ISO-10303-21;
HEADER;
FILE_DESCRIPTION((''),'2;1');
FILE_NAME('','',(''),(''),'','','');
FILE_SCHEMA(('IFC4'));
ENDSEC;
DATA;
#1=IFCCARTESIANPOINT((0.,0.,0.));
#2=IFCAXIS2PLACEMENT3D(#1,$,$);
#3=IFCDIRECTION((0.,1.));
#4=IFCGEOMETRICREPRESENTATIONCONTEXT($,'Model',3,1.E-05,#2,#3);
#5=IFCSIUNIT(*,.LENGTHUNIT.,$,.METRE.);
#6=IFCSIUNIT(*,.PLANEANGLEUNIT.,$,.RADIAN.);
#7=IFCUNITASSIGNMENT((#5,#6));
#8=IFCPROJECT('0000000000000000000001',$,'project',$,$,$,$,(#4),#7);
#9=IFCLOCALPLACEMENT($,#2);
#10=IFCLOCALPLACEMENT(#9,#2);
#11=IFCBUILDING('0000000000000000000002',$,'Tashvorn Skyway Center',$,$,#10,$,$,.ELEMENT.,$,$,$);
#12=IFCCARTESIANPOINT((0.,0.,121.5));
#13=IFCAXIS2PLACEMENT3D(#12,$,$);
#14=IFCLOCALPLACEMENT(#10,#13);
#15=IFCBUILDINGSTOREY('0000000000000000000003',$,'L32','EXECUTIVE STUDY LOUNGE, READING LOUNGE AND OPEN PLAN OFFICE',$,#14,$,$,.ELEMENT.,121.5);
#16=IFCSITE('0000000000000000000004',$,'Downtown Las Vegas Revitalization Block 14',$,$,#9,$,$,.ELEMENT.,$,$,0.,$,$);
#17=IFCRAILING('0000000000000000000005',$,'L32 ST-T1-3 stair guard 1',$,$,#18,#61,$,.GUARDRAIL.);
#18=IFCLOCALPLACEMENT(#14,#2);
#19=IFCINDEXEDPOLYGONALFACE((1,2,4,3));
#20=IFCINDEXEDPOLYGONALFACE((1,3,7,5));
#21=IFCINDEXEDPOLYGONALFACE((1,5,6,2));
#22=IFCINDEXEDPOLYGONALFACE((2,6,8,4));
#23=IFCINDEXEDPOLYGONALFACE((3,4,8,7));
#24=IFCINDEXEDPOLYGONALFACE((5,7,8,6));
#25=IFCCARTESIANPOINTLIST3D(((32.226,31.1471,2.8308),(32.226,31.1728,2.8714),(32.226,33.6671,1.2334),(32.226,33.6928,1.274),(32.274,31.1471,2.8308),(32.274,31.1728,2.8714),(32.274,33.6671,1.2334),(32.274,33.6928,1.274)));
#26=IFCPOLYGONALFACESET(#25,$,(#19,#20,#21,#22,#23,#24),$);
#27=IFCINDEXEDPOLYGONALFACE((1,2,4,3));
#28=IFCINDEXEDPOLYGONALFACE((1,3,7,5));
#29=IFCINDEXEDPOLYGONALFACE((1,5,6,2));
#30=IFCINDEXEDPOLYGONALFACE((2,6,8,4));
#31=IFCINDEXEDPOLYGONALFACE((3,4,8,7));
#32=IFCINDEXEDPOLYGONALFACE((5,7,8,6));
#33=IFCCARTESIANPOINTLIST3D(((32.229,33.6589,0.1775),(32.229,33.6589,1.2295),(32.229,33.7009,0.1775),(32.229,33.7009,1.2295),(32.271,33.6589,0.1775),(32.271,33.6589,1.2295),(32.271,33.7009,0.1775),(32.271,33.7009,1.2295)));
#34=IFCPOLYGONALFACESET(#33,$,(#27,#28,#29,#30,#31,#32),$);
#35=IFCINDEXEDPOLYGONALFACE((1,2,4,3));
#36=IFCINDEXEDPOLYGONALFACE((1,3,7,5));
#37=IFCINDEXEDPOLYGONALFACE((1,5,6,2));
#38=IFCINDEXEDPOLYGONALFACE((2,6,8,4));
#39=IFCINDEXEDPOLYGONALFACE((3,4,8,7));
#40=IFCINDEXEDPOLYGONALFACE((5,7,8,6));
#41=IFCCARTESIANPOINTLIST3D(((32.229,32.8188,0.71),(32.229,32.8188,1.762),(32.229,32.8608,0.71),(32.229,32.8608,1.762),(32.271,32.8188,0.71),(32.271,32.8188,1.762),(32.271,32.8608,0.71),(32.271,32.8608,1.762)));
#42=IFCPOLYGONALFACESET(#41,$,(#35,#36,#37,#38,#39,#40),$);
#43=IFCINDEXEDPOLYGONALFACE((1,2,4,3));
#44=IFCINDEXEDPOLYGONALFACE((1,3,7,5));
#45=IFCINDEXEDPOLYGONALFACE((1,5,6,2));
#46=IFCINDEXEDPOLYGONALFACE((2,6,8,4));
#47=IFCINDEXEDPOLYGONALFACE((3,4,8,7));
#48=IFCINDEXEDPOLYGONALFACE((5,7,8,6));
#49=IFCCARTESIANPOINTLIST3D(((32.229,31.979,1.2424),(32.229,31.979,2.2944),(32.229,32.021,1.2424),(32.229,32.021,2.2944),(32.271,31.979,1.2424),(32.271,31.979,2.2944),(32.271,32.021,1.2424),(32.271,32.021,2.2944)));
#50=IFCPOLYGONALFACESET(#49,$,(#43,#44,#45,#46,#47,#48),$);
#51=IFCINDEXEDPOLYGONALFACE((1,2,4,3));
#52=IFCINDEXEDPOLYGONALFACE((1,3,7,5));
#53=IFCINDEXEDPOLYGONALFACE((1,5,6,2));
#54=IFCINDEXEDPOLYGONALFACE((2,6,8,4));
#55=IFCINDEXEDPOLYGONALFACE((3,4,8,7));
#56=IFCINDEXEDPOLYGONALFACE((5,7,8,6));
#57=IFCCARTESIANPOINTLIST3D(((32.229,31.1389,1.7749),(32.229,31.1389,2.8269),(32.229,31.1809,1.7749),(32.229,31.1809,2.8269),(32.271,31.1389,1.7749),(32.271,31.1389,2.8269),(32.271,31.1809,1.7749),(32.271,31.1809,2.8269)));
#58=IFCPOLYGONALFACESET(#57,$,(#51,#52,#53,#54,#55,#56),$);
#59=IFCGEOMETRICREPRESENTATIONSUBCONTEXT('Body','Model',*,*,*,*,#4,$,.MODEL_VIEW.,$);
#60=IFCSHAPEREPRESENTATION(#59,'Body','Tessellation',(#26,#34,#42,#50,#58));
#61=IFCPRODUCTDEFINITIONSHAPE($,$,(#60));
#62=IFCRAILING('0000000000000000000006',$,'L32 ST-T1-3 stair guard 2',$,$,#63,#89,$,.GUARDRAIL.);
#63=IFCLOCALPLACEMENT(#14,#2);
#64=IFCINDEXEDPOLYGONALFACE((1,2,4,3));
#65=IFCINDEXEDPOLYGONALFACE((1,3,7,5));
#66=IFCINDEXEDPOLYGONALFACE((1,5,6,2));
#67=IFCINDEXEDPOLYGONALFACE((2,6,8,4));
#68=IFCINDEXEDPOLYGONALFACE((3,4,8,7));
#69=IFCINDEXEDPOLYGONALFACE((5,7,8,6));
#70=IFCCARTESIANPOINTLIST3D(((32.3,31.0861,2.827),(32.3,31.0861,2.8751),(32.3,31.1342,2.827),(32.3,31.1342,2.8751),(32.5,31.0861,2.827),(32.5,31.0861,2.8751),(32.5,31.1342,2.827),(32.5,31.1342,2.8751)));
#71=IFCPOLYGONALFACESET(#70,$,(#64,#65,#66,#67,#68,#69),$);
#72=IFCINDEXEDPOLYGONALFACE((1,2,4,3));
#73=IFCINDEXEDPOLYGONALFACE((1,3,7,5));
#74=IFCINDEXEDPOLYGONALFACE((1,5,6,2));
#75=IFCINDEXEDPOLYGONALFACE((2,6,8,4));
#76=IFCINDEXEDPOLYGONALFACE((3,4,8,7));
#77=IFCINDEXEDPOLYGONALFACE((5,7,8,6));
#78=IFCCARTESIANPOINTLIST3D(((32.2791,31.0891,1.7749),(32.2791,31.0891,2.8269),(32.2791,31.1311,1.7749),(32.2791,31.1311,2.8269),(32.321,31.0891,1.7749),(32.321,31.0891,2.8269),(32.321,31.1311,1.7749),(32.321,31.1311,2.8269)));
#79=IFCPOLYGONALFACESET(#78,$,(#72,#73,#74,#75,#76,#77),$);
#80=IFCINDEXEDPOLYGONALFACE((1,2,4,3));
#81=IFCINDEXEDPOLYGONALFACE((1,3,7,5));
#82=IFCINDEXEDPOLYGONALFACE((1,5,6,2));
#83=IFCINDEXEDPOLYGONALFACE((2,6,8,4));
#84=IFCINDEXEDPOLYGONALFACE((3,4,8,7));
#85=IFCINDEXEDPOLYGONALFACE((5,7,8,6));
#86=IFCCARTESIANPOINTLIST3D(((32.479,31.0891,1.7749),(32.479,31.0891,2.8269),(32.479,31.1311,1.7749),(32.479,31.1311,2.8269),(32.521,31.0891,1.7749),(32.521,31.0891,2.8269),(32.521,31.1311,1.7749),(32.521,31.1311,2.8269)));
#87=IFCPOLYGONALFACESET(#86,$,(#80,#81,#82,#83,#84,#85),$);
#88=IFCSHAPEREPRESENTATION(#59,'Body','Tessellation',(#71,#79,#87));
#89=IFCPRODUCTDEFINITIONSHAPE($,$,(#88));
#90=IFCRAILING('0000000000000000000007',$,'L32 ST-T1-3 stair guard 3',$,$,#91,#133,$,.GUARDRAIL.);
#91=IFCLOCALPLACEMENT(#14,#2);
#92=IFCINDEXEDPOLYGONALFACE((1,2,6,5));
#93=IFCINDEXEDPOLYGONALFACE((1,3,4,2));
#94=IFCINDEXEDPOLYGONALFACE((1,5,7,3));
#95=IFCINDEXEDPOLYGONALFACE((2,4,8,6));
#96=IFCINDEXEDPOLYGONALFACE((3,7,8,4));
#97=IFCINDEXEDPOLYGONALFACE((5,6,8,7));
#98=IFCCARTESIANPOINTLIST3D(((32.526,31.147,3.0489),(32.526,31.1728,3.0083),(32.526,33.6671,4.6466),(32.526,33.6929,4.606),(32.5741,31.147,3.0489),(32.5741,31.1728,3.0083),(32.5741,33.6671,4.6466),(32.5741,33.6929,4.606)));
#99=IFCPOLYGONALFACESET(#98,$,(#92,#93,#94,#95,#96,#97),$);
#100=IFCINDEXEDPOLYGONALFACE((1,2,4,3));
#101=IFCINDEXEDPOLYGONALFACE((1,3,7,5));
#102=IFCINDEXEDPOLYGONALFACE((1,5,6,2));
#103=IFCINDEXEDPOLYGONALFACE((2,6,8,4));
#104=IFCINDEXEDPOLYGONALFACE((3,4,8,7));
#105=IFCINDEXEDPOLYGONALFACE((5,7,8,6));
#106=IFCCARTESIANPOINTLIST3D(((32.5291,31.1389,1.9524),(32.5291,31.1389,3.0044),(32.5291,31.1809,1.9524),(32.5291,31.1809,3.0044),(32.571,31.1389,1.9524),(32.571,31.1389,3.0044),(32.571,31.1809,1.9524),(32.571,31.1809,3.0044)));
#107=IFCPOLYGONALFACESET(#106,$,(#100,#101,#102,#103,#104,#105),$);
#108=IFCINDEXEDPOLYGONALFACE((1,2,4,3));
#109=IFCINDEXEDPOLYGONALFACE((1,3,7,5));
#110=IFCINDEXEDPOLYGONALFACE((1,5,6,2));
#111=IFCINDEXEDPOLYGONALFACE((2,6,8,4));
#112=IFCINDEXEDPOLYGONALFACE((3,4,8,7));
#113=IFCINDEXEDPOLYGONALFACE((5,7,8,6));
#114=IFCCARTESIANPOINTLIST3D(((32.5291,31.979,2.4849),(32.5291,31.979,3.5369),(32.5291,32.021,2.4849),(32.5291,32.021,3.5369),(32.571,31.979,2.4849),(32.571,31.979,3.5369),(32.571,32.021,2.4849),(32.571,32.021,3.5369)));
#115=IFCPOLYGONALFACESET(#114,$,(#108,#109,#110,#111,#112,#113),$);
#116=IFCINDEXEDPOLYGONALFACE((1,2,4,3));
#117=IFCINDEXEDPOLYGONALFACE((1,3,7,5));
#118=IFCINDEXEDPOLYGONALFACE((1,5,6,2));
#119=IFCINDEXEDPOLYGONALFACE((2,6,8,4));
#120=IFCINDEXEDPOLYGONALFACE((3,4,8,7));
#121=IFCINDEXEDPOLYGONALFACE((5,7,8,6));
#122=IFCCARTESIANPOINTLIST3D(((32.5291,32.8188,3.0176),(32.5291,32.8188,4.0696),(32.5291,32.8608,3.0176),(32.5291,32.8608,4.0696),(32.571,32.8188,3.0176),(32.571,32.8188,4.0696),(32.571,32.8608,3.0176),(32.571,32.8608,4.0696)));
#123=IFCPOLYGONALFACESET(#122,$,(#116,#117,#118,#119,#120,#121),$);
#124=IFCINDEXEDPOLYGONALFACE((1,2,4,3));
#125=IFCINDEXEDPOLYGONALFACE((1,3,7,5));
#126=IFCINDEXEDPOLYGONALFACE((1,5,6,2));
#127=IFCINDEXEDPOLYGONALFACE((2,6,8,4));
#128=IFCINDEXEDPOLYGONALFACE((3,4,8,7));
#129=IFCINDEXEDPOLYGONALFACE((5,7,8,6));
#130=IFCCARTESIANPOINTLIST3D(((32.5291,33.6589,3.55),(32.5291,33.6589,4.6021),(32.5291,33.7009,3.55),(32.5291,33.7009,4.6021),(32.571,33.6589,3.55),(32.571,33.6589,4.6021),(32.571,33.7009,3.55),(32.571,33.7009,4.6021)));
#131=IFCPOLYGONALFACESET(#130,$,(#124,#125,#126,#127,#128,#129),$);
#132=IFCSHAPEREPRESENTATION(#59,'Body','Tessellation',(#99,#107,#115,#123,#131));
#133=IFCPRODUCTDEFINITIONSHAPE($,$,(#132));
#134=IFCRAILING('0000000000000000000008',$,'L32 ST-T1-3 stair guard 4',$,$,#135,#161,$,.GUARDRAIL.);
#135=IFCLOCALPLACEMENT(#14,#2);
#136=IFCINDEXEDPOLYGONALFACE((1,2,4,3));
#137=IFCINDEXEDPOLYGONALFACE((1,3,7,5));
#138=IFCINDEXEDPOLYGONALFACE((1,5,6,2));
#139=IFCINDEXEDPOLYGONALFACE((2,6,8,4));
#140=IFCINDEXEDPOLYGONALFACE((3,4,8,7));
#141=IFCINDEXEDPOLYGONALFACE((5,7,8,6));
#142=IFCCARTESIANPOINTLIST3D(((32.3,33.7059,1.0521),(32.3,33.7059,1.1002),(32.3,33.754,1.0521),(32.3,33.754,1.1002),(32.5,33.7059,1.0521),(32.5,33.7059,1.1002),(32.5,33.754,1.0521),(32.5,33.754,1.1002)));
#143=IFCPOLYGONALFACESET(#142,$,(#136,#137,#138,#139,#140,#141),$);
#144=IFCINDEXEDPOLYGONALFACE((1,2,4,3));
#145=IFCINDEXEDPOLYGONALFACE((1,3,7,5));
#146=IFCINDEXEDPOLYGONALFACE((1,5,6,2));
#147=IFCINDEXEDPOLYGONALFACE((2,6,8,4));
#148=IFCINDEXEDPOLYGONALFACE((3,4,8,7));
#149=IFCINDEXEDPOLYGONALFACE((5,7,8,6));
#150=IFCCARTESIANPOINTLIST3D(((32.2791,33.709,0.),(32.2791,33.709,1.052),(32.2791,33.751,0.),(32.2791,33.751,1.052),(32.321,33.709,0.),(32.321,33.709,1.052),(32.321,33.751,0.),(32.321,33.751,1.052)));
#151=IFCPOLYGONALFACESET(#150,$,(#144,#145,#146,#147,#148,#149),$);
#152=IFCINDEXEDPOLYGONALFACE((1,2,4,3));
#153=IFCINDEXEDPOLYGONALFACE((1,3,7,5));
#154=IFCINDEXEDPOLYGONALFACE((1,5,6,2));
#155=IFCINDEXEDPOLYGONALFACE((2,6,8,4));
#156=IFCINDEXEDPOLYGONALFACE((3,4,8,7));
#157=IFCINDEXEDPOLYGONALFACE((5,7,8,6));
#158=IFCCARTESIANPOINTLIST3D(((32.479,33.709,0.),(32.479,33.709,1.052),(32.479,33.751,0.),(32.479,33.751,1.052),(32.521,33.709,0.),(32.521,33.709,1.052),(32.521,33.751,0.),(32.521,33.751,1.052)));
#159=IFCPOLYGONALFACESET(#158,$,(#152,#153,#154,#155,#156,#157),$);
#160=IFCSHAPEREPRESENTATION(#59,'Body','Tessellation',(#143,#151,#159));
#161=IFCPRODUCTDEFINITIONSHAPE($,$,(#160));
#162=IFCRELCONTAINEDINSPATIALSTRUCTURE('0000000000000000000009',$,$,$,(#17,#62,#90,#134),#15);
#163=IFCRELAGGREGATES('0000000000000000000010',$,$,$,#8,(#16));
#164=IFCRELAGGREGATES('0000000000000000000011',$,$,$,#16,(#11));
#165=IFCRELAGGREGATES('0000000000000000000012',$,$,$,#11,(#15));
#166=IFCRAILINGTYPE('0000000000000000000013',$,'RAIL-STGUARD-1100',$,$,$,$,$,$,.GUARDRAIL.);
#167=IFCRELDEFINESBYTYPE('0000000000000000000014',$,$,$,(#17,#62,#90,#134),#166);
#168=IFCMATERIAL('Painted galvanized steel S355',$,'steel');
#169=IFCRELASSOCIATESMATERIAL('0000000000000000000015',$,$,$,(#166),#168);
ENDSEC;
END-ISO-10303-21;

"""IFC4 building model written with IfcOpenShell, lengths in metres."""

from ifc_helpers import new_model, si_unit, direction, frame, origin, origin_2d, place, context, subcontext, project, spatial, rectangle, extrude, material, type_object, element, save


model = new_model("IFC4")

# Units and contexts
model_context = context("Model", 3, precision=1e-05, world=origin(), true_north=direction((0.0, 1.0)))
body_context = subcontext(model_context, "Body", "Model", "MODEL_VIEW")
ifc_project = project(units=[si_unit("LENGTHUNIT", "METRE"), si_unit("PLANEANGLEUNIT", "RADIAN")], contexts=[model_context])

# Site, building, storey
site_placement = place(None, origin())
site = spatial("IfcSite", under=ifc_project, at=site_placement, Name="Downtown Las Vegas Revitalization Block 14", CompositionType="ELEMENT", RefElevation=0.0)
building_placement = place(site_placement, origin())
building = spatial("IfcBuilding", under=site, at=building_placement, Name="Tashvorn Skyway Center", CompositionType="ELEMENT")
storey_placement = place(building_placement, frame((0.0, 0.0, 121.5)))
storey = spatial("IfcBuildingStorey", under=building, at=storey_placement, Name="L32", Description="EXECUTIVE STUDY LOUNGE, READING LOUNGE AND OPEN PLAN OFFICE", CompositionType="ELEMENT", Elevation=121.5)

# Railings
ifc_material_1 = material(Name="Painted galvanized steel S355", Category="steel")
railing_type_1 = type_object("IfcRailingType", Name="RAIL-STGUARD-1100", PredefinedType="GUARDRAIL", material=ifc_material_1)
railing_1_placement = place(storey_placement, frame((32.25, 33.6799, 0.1775)))
element("IfcRailing", 1, at=railing_1_placement, inside=storey, type_object=railing_type_1, Name="L32 ST-T1-3 stair guard 1", PredefinedType="GUARDRAIL", context=body_context, shape_type="SweptSolid", body=[
    extrude(rectangle(XDim=0.0481, YDim=0.0481, at=origin_2d()), frame((0.0, 0.0, 1.0762), z_axis=(0.0, -0.844607, 0.535387), x_axis=(1.0, 0.0, 0.0)), (0.0, 0.0, 1.0), 2.9836),
    extrude(rectangle(XDim=0.042, YDim=0.042, at=origin_2d()), origin(), (0.0, 0.0, 1.0), 1.052),
    extrude(rectangle(XDim=0.042, YDim=0.042, at=origin_2d()), frame((0.0, -0.8401, 0.5325)), (0.0, 0.0, 1.0), 1.052),
    extrude(rectangle(XDim=0.042, YDim=0.042, at=origin_2d()), frame((0.0, -1.6799, 1.0649)), (0.0, 0.0, 1.0), 1.052),
    extrude(rectangle(XDim=0.042, YDim=0.042, at=origin_2d()), frame((0.0, -2.52, 1.5974)), (0.0, 0.0, 1.0), 1.052),
])
railing_2_placement = place(storey_placement, frame((32.3, 31.1101, 1.7749)))
element("IfcRailing", 2, at=railing_2_placement, inside=storey, type_object=railing_type_1, Name="L32 ST-T1-3 stair guard 2", PredefinedType="GUARDRAIL", context=body_context, shape_type="SweptSolid", body=[
    extrude(rectangle(XDim=0.0481, YDim=0.0481, at=origin_2d()), frame((0.0, 0.0, 1.0762), z_axis=(1.0, 0.0, 0.0), x_axis=(0.0, 1.0, 0.0)), (0.0, 0.0, 1.0), 0.2),
    extrude(rectangle(XDim=0.042, YDim=0.042, at=origin_2d()), origin(), (0.0, 0.0, 1.0), 1.052),
    extrude(rectangle(XDim=0.042, YDim=0.042, at=origin_2d()), frame((0.2, 0.0, 0.0)), (0.0, 0.0, 1.0), 1.052),
])
railing_3_placement = place(storey_placement, frame((32.55, 31.1599, 1.9524)))
element("IfcRailing", 3, at=railing_3_placement, inside=storey, type_object=railing_type_1, Name="L32 ST-T1-3 stair guard 3", PredefinedType="GUARDRAIL", context=body_context, shape_type="SweptSolid", body=[
    extrude(rectangle(XDim=0.0481, YDim=0.0481, at=origin_2d()), frame((0.0, 0.0, 1.0762), z_axis=(0.0, 0.84457, 0.535445), x_axis=(-1.0, 0.0, 0.0)), (0.0, 0.0, 1.0), 2.9839),
    extrude(rectangle(XDim=0.042, YDim=0.042, at=origin_2d()), origin(), (0.0, 0.0, 1.0), 1.052),
    extrude(rectangle(XDim=0.042, YDim=0.042, at=origin_2d()), frame((0.0, 0.8401, 0.5325)), (0.0, 0.0, 1.0), 1.052),
    extrude(rectangle(XDim=0.042, YDim=0.042, at=origin_2d()), frame((0.0, 1.6799, 1.0652)), (0.0, 0.0, 1.0), 1.052),
    extrude(rectangle(XDim=0.042, YDim=0.042, at=origin_2d()), frame((0.0, 2.52, 1.5977)), (0.0, 0.0, 1.0), 1.052),
])
railing_4_placement = place(storey_placement, frame((32.3, 33.73, 0.0)))
element("IfcRailing", 4, at=railing_4_placement, inside=storey, type_object=railing_type_1, Name="L32 ST-T1-3 stair guard 4", PredefinedType="GUARDRAIL", context=body_context, shape_type="SweptSolid", body=[
    extrude(rectangle(XDim=0.0481, YDim=0.0481, at=origin_2d()), frame((0.0, 0.0, 1.0762), z_axis=(1.0, 0.0, 0.0), x_axis=(0.0, 1.0, 0.0)), (0.0, 0.0, 1.0), 0.2),
    extrude(rectangle(XDim=0.042, YDim=0.042, at=origin_2d()), origin(), (0.0, 0.0, 1.0), 1.052),
    extrude(rectangle(XDim=0.042, YDim=0.042, at=origin_2d()), frame((0.2, 0.0, 0.0)), (0.0, 0.0, 1.0), 1.052),
])

save(model, "model.ifc")
